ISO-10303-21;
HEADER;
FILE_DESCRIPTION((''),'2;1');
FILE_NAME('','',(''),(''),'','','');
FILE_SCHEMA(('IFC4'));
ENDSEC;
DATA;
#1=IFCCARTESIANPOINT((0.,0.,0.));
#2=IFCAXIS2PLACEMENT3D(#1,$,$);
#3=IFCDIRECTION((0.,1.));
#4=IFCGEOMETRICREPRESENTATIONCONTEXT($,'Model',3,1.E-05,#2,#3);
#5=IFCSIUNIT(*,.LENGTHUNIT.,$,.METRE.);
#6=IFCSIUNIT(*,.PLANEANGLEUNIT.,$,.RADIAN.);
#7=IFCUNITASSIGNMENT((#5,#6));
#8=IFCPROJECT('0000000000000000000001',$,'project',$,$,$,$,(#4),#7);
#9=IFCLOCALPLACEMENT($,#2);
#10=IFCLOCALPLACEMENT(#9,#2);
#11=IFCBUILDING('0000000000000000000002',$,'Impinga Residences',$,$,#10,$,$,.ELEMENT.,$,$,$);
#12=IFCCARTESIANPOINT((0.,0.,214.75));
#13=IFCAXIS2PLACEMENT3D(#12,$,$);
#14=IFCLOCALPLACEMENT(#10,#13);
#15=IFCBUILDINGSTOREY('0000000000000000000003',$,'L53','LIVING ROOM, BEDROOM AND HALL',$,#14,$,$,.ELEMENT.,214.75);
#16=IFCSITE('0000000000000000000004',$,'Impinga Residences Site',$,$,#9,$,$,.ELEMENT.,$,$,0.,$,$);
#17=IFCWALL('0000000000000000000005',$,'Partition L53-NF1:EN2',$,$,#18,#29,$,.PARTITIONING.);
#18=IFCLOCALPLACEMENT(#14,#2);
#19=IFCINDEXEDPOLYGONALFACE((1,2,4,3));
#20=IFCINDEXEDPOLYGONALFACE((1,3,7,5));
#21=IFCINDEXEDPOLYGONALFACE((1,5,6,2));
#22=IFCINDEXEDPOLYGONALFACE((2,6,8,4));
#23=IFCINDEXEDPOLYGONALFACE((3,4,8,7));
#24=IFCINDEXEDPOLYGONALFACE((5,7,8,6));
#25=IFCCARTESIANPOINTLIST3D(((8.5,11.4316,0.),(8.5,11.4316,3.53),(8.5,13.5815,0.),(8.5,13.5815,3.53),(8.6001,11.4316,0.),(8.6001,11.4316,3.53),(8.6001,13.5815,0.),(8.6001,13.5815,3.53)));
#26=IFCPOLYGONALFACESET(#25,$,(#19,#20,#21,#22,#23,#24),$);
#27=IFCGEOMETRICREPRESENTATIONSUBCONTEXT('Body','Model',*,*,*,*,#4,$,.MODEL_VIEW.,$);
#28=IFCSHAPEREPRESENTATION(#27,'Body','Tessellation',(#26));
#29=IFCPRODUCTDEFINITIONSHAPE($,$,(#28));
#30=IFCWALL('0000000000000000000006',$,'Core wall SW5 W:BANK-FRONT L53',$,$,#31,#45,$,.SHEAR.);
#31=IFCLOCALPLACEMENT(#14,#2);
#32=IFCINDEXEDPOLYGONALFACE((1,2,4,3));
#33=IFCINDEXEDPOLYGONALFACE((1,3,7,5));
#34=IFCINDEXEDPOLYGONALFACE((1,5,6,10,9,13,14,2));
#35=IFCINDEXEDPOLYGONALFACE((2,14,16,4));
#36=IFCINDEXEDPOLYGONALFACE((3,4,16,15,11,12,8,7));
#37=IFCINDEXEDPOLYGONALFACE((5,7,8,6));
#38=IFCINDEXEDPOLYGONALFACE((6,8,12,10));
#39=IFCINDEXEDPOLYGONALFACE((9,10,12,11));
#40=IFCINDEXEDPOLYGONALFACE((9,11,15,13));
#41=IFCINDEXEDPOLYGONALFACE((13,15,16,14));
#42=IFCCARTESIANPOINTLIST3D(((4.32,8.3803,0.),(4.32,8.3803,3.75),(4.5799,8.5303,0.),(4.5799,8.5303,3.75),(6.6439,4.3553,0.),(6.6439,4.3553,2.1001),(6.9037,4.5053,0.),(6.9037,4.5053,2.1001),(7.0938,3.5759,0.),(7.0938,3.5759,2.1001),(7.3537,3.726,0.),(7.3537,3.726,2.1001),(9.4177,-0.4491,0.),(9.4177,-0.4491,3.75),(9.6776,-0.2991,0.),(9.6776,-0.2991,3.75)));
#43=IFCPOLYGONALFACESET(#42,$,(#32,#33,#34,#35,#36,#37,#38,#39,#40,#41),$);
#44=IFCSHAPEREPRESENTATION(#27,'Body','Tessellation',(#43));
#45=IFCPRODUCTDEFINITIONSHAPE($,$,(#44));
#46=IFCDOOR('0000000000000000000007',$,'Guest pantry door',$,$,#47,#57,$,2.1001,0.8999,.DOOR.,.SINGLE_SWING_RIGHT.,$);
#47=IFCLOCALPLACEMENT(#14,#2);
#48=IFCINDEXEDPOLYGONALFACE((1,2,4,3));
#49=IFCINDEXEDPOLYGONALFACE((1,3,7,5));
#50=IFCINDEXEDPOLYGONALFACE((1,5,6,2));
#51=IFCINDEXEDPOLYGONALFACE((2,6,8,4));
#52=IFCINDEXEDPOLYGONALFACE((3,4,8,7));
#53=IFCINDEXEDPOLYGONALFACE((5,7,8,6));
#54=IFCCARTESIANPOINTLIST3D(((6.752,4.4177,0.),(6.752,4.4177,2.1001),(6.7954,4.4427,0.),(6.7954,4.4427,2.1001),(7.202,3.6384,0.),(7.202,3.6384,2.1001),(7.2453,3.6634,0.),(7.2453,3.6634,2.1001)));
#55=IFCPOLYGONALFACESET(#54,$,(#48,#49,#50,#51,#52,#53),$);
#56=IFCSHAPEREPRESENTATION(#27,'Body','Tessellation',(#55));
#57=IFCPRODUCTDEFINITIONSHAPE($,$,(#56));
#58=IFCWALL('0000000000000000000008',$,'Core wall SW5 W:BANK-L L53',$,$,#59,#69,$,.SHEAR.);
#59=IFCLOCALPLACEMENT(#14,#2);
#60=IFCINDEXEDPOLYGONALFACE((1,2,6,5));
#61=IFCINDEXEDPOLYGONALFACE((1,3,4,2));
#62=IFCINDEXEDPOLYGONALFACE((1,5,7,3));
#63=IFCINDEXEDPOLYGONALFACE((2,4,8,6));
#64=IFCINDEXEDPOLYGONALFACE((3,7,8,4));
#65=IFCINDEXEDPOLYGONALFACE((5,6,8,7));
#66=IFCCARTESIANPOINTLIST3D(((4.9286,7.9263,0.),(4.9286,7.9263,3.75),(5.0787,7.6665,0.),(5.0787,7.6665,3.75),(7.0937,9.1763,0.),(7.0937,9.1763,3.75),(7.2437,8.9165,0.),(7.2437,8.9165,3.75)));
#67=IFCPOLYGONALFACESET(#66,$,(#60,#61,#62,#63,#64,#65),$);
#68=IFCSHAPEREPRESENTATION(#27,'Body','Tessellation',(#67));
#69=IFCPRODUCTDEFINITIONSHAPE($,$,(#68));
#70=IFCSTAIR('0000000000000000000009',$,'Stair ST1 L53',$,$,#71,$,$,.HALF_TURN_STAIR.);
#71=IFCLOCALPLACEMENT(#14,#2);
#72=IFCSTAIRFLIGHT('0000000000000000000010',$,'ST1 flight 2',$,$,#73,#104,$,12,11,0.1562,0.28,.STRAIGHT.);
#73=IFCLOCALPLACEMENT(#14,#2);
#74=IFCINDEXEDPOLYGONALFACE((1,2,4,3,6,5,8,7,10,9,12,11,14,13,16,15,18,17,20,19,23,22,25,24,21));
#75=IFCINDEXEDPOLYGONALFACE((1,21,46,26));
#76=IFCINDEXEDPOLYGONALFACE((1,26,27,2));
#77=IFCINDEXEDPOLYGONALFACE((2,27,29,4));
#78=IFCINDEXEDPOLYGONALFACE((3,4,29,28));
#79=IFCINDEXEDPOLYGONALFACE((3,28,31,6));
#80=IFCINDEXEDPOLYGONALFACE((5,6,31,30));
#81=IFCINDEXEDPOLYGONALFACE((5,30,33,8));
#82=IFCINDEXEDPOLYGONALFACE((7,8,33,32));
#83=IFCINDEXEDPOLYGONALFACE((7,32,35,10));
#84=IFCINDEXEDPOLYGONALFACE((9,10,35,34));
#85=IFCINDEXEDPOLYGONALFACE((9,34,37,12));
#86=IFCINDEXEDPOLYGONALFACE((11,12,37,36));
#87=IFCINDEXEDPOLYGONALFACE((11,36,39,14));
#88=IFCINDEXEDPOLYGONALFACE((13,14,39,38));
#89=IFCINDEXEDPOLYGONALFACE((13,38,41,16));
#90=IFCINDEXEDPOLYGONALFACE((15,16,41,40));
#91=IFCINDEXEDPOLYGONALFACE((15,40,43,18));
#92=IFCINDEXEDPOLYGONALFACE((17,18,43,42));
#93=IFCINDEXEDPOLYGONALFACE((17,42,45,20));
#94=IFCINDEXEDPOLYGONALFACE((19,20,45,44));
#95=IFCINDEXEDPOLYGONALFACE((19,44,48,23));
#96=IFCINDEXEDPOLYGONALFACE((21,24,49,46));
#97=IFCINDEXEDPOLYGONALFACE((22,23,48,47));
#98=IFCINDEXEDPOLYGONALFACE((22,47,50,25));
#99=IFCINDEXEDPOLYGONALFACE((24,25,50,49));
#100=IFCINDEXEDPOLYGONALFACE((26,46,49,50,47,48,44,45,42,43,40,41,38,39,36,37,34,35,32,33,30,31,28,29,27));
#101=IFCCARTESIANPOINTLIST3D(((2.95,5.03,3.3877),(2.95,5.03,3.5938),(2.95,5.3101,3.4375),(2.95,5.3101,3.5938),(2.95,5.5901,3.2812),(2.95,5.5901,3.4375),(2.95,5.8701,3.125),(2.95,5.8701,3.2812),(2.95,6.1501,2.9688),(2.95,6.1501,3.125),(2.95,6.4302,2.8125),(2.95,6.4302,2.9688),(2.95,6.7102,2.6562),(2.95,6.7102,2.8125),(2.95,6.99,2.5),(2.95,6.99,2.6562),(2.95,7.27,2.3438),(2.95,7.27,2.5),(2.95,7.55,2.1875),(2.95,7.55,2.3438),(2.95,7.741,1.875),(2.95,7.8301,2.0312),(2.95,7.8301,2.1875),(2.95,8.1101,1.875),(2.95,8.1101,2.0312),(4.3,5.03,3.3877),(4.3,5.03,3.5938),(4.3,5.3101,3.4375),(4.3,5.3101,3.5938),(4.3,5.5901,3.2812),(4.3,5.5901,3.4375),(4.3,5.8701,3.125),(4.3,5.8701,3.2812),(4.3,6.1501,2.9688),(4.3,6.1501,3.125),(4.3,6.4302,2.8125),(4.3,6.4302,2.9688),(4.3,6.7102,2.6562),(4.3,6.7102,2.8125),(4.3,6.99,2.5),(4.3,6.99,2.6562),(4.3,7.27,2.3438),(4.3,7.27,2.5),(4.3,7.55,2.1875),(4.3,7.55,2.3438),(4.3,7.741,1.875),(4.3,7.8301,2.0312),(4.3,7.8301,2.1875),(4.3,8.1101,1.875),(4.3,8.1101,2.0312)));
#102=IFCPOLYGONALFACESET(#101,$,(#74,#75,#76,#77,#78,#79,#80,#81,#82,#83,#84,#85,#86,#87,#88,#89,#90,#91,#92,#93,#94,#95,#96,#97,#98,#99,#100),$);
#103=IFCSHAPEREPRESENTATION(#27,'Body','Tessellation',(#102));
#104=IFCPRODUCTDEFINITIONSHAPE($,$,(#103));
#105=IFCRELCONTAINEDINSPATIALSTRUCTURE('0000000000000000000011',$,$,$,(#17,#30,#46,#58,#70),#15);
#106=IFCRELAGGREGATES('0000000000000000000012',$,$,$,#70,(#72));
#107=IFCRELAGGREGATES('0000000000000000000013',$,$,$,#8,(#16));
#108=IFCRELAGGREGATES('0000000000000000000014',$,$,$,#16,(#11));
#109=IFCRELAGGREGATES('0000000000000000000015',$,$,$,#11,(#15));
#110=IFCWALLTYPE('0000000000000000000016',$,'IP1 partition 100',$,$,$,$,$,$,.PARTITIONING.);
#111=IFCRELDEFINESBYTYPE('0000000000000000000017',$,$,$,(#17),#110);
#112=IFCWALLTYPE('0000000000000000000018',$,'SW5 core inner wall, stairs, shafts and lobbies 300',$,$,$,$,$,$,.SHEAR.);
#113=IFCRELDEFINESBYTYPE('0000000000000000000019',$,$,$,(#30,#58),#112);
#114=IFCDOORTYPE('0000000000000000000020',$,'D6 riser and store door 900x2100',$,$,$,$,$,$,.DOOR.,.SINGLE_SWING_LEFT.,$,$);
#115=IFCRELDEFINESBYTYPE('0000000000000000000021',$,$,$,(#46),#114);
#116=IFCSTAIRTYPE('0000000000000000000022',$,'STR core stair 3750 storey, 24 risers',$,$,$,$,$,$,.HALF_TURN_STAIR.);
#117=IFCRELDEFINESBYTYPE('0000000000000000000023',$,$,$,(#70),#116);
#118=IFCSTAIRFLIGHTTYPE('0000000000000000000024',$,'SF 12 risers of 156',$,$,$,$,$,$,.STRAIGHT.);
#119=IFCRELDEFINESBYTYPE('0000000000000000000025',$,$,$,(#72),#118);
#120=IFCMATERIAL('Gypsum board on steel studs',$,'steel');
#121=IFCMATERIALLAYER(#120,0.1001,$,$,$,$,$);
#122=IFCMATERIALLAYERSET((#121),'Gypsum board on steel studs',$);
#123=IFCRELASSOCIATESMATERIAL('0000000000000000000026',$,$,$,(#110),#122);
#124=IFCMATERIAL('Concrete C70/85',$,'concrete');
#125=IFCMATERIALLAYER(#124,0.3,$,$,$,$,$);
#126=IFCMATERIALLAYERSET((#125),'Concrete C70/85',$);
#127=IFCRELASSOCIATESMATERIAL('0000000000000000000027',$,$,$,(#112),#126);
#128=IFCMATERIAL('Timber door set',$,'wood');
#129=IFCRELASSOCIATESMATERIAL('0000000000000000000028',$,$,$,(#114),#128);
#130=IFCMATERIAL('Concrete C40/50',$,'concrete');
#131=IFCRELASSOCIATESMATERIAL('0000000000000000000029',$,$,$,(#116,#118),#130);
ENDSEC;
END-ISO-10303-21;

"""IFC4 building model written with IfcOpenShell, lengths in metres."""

from ifc_helpers import new_model, si_unit, direction, frame, frame_2d, origin, place, context, subcontext, project, spatial, polyline, rectangle, outline, extrude, material, layer, layer_set, type_object, element, fill, aggregate, save


model = new_model("IFC4")

# Units and contexts
model_context = context("Model", 3, precision=1e-05, world=origin(), true_north=direction((0.0, 1.0)))
body_context = subcontext(model_context, "Body", "Model", "MODEL_VIEW")
ifc_project = project(units=[si_unit("LENGTHUNIT", "METRE"), si_unit("PLANEANGLEUNIT", "RADIAN")], contexts=[model_context])

# Site, building, storey
site_placement = place(None, origin())
site = spatial("IfcSite", under=ifc_project, at=site_placement, Name="Impinga Residences Site", CompositionType="ELEMENT", RefElevation=0.0)
building_placement = place(site_placement, origin())
building = spatial("IfcBuilding", under=site, at=building_placement, Name="Impinga Residences", CompositionType="ELEMENT")
storey_placement = place(building_placement, frame((0.0, 0.0, 214.75)))
storey = spatial("IfcBuildingStorey", under=building, at=storey_placement, Name="L53", Description="LIVING ROOM, BEDROOM AND HALL", CompositionType="ELEMENT", Elevation=214.75)

# Shared definitions
ifc_material_1 = material(Name="Timber door set", Category="wood")

# Shared definitions
ifc_material_2 = material(Name="Gypsum board on steel studs", Category="steel")
ifc_layer_1 = layer(ifc_material_2, 0.1001)
ifc_layer_set_1 = layer_set([ifc_layer_1], Name="Gypsum board on steel studs")
wall_type_1 = type_object("IfcWallType", Name="IP1 partition 100", PredefinedType="PARTITIONING", material=ifc_layer_set_1)

# Wall
wall_1_placement = place(storey_placement, frame((8.55, 11.4316, 0.0), z_axis=(0.0, 0.0, 1.0), x_axis=(0.0, 1.0, 0.0)))
element("IfcWall", 1, at=wall_1_placement, inside=storey, type_object=wall_type_1, Name="Partition L53-NF1:EN2", PredefinedType="PARTITIONING", context=body_context, shape_type="SweptSolid", body=[
    extrude(rectangle(XDim=2.1499, YDim=0.1001, at=frame_2d((1.075, 0.0))), origin(), (0.0, 0.0, 1.0), 3.53),
])

# Wall, opening, door
ifc_material_3 = material(Name="Concrete C70/85", Category="concrete")
ifc_layer_2 = layer(ifc_material_3, 0.3)
ifc_layer_set_2 = layer_set([ifc_layer_2], Name="Concrete C70/85")
wall_type_2 = type_object("IfcWallType", Name="SW5 core inner wall, stairs, shafts and lobbies 300", PredefinedType="SHEAR", material=ifc_layer_set_2)
wall_2_placement = place(storey_placement, frame((4.45, 8.4553, 0.0), z_axis=(0.0, 0.0, 1.0), x_axis=(0.500002, -0.866024, 0.0)))
wall_2 = element("IfcWall", 2, at=wall_2_placement, inside=storey, type_object=wall_type_2, Name="Core wall SW5 W:BANK-FRONT L53", PredefinedType="SHEAR", context=body_context, shape_type="SweptSolid", body=[
    extrude(rectangle(XDim=10.1953, YDim=0.3, at=frame_2d((5.0977, 0.0))), origin(), (0.0, 0.0, 1.0), 3.75),
])
opening_1_placement = place(wall_2_placement, frame((4.6477, 0.0, 0.0)))
opening_1 = element("IfcOpeningElement", 3, at=opening_1_placement, cuts=wall_2, PredefinedType="OPENING", context=body_context, shape_type="SweptSolid", body=[
    extrude(rectangle(XDim=0.8999, YDim=2.1001, at=frame_2d((0.45, 1.05))), frame((0.0, 0.1599, 0.0), z_axis=(0.0, -1.0, 0.0), x_axis=(1.0, 0.0, 0.0)), (0.0, 0.0, 1.0), 0.3201),
])
door_type_1 = type_object("IfcDoorType", Name="D6 riser and store door 900x2100", OperationType="SINGLE_SWING_LEFT", PredefinedType="DOOR", material=ifc_material_1)
door_1_placement = place(opening_1_placement, origin())
door_1 = element("IfcDoor", 4, at=door_1_placement, inside=storey, type_object=door_type_1, Name="Guest pantry door", OperationType="SINGLE_SWING_RIGHT", OverallHeight=2.1001, OverallWidth=0.8999, PredefinedType="DOOR", context=body_context, shape_type="SweptSolid", body=[
    extrude(rectangle(XDim=0.8999, YDim=2.1001, at=frame_2d((0.45, 1.05))), frame((0.0, 0.0249, 0.0), z_axis=(0.0, -1.0, 0.0), x_axis=(1.0, 0.0, 0.0)), (0.0, 0.0, 1.0), 0.05),
])
fill(opening_1, door_1)

# Wall
wall_3_placement = place(storey_placement, frame((5.0037, 7.7964, 0.0), z_axis=(0.0, 0.0, 1.0), x_axis=(0.866023, 0.500004, 0.0)))
element("IfcWall", 5, at=wall_3_placement, inside=storey, type_object=wall_type_2, Name="Core wall SW5 W:BANK-L L53", PredefinedType="SHEAR", context=body_context, shape_type="SweptSolid", body=[
    extrude(rectangle(XDim=2.5, YDim=0.3, at=frame_2d((1.25, 0.0))), origin(), (0.0, 0.0, 1.0), 3.75),
])

# Stair, stair flight
ifc_material_4 = material(Name="Concrete C40/50", Category="concrete")
stair_type = type_object("IfcStairType", Name="STR core stair 3750 storey, 24 risers", PredefinedType="HALF_TURN_STAIR", material=ifc_material_4)
stair_placement = place(storey_placement, origin())
stair = element("IfcStair", 6, at=stair_placement, inside=storey, type_object=stair_type, Name="Stair ST1 L53", PredefinedType="HALF_TURN_STAIR")
stair_flight_type = type_object("IfcStairFlightType", Name="SF 12 risers of 156", PredefinedType="STRAIGHT", material=ifc_material_4)
stair_flight_placement = place(storey_placement, frame((3.625, 8.1101, 1.875), z_axis=(0.0, 0.0, 1.0), x_axis=(0.0, -1.0, 0.0)))
stair_flight = element("IfcStairFlight", 7, at=stair_flight_placement, type_object=stair_flight_type, Name="ST1 flight 2", NumberOfRisers=12, NumberOfTreads=11, PredefinedType="STRAIGHT", RiserHeight=0.1562, TreadLength=0.28, context=body_context, shape_type="SweptSolid", body=[
    extrude(outline(polyline([(0.0, 0.0), (0.0, 0.1562), (0.28, 0.1562), (0.28, 0.3125), (0.5601, 0.3125), (0.5601, 0.4688), (0.8401, 0.4688), (0.8401, 0.625), (1.1201, 0.625), (1.1201, 0.7812), (1.3999, 0.7812), (1.3999, 0.9375), (1.6799, 0.9375), (1.6799, 1.0938), (1.96, 1.0938), (1.96, 1.25), (2.24, 1.25), (2.24, 1.4062), (2.52, 1.4062), (2.52, 1.5625), (2.8, 1.5625), (2.8, 1.7188), (3.0801, 1.7188), (3.0801, 1.875), (3.0801, 1.5127), (0.3691, 0.0), (0.0, 0.0)])), frame((0.0, 0.675, 0.0), z_axis=(0.0, -1.0, 0.0), x_axis=(1.0, 0.0, 0.0)), (0.0, 0.0, 1.0), 1.3501),
])
aggregate(stair, [stair_flight])

save(model, "model.ifc")
